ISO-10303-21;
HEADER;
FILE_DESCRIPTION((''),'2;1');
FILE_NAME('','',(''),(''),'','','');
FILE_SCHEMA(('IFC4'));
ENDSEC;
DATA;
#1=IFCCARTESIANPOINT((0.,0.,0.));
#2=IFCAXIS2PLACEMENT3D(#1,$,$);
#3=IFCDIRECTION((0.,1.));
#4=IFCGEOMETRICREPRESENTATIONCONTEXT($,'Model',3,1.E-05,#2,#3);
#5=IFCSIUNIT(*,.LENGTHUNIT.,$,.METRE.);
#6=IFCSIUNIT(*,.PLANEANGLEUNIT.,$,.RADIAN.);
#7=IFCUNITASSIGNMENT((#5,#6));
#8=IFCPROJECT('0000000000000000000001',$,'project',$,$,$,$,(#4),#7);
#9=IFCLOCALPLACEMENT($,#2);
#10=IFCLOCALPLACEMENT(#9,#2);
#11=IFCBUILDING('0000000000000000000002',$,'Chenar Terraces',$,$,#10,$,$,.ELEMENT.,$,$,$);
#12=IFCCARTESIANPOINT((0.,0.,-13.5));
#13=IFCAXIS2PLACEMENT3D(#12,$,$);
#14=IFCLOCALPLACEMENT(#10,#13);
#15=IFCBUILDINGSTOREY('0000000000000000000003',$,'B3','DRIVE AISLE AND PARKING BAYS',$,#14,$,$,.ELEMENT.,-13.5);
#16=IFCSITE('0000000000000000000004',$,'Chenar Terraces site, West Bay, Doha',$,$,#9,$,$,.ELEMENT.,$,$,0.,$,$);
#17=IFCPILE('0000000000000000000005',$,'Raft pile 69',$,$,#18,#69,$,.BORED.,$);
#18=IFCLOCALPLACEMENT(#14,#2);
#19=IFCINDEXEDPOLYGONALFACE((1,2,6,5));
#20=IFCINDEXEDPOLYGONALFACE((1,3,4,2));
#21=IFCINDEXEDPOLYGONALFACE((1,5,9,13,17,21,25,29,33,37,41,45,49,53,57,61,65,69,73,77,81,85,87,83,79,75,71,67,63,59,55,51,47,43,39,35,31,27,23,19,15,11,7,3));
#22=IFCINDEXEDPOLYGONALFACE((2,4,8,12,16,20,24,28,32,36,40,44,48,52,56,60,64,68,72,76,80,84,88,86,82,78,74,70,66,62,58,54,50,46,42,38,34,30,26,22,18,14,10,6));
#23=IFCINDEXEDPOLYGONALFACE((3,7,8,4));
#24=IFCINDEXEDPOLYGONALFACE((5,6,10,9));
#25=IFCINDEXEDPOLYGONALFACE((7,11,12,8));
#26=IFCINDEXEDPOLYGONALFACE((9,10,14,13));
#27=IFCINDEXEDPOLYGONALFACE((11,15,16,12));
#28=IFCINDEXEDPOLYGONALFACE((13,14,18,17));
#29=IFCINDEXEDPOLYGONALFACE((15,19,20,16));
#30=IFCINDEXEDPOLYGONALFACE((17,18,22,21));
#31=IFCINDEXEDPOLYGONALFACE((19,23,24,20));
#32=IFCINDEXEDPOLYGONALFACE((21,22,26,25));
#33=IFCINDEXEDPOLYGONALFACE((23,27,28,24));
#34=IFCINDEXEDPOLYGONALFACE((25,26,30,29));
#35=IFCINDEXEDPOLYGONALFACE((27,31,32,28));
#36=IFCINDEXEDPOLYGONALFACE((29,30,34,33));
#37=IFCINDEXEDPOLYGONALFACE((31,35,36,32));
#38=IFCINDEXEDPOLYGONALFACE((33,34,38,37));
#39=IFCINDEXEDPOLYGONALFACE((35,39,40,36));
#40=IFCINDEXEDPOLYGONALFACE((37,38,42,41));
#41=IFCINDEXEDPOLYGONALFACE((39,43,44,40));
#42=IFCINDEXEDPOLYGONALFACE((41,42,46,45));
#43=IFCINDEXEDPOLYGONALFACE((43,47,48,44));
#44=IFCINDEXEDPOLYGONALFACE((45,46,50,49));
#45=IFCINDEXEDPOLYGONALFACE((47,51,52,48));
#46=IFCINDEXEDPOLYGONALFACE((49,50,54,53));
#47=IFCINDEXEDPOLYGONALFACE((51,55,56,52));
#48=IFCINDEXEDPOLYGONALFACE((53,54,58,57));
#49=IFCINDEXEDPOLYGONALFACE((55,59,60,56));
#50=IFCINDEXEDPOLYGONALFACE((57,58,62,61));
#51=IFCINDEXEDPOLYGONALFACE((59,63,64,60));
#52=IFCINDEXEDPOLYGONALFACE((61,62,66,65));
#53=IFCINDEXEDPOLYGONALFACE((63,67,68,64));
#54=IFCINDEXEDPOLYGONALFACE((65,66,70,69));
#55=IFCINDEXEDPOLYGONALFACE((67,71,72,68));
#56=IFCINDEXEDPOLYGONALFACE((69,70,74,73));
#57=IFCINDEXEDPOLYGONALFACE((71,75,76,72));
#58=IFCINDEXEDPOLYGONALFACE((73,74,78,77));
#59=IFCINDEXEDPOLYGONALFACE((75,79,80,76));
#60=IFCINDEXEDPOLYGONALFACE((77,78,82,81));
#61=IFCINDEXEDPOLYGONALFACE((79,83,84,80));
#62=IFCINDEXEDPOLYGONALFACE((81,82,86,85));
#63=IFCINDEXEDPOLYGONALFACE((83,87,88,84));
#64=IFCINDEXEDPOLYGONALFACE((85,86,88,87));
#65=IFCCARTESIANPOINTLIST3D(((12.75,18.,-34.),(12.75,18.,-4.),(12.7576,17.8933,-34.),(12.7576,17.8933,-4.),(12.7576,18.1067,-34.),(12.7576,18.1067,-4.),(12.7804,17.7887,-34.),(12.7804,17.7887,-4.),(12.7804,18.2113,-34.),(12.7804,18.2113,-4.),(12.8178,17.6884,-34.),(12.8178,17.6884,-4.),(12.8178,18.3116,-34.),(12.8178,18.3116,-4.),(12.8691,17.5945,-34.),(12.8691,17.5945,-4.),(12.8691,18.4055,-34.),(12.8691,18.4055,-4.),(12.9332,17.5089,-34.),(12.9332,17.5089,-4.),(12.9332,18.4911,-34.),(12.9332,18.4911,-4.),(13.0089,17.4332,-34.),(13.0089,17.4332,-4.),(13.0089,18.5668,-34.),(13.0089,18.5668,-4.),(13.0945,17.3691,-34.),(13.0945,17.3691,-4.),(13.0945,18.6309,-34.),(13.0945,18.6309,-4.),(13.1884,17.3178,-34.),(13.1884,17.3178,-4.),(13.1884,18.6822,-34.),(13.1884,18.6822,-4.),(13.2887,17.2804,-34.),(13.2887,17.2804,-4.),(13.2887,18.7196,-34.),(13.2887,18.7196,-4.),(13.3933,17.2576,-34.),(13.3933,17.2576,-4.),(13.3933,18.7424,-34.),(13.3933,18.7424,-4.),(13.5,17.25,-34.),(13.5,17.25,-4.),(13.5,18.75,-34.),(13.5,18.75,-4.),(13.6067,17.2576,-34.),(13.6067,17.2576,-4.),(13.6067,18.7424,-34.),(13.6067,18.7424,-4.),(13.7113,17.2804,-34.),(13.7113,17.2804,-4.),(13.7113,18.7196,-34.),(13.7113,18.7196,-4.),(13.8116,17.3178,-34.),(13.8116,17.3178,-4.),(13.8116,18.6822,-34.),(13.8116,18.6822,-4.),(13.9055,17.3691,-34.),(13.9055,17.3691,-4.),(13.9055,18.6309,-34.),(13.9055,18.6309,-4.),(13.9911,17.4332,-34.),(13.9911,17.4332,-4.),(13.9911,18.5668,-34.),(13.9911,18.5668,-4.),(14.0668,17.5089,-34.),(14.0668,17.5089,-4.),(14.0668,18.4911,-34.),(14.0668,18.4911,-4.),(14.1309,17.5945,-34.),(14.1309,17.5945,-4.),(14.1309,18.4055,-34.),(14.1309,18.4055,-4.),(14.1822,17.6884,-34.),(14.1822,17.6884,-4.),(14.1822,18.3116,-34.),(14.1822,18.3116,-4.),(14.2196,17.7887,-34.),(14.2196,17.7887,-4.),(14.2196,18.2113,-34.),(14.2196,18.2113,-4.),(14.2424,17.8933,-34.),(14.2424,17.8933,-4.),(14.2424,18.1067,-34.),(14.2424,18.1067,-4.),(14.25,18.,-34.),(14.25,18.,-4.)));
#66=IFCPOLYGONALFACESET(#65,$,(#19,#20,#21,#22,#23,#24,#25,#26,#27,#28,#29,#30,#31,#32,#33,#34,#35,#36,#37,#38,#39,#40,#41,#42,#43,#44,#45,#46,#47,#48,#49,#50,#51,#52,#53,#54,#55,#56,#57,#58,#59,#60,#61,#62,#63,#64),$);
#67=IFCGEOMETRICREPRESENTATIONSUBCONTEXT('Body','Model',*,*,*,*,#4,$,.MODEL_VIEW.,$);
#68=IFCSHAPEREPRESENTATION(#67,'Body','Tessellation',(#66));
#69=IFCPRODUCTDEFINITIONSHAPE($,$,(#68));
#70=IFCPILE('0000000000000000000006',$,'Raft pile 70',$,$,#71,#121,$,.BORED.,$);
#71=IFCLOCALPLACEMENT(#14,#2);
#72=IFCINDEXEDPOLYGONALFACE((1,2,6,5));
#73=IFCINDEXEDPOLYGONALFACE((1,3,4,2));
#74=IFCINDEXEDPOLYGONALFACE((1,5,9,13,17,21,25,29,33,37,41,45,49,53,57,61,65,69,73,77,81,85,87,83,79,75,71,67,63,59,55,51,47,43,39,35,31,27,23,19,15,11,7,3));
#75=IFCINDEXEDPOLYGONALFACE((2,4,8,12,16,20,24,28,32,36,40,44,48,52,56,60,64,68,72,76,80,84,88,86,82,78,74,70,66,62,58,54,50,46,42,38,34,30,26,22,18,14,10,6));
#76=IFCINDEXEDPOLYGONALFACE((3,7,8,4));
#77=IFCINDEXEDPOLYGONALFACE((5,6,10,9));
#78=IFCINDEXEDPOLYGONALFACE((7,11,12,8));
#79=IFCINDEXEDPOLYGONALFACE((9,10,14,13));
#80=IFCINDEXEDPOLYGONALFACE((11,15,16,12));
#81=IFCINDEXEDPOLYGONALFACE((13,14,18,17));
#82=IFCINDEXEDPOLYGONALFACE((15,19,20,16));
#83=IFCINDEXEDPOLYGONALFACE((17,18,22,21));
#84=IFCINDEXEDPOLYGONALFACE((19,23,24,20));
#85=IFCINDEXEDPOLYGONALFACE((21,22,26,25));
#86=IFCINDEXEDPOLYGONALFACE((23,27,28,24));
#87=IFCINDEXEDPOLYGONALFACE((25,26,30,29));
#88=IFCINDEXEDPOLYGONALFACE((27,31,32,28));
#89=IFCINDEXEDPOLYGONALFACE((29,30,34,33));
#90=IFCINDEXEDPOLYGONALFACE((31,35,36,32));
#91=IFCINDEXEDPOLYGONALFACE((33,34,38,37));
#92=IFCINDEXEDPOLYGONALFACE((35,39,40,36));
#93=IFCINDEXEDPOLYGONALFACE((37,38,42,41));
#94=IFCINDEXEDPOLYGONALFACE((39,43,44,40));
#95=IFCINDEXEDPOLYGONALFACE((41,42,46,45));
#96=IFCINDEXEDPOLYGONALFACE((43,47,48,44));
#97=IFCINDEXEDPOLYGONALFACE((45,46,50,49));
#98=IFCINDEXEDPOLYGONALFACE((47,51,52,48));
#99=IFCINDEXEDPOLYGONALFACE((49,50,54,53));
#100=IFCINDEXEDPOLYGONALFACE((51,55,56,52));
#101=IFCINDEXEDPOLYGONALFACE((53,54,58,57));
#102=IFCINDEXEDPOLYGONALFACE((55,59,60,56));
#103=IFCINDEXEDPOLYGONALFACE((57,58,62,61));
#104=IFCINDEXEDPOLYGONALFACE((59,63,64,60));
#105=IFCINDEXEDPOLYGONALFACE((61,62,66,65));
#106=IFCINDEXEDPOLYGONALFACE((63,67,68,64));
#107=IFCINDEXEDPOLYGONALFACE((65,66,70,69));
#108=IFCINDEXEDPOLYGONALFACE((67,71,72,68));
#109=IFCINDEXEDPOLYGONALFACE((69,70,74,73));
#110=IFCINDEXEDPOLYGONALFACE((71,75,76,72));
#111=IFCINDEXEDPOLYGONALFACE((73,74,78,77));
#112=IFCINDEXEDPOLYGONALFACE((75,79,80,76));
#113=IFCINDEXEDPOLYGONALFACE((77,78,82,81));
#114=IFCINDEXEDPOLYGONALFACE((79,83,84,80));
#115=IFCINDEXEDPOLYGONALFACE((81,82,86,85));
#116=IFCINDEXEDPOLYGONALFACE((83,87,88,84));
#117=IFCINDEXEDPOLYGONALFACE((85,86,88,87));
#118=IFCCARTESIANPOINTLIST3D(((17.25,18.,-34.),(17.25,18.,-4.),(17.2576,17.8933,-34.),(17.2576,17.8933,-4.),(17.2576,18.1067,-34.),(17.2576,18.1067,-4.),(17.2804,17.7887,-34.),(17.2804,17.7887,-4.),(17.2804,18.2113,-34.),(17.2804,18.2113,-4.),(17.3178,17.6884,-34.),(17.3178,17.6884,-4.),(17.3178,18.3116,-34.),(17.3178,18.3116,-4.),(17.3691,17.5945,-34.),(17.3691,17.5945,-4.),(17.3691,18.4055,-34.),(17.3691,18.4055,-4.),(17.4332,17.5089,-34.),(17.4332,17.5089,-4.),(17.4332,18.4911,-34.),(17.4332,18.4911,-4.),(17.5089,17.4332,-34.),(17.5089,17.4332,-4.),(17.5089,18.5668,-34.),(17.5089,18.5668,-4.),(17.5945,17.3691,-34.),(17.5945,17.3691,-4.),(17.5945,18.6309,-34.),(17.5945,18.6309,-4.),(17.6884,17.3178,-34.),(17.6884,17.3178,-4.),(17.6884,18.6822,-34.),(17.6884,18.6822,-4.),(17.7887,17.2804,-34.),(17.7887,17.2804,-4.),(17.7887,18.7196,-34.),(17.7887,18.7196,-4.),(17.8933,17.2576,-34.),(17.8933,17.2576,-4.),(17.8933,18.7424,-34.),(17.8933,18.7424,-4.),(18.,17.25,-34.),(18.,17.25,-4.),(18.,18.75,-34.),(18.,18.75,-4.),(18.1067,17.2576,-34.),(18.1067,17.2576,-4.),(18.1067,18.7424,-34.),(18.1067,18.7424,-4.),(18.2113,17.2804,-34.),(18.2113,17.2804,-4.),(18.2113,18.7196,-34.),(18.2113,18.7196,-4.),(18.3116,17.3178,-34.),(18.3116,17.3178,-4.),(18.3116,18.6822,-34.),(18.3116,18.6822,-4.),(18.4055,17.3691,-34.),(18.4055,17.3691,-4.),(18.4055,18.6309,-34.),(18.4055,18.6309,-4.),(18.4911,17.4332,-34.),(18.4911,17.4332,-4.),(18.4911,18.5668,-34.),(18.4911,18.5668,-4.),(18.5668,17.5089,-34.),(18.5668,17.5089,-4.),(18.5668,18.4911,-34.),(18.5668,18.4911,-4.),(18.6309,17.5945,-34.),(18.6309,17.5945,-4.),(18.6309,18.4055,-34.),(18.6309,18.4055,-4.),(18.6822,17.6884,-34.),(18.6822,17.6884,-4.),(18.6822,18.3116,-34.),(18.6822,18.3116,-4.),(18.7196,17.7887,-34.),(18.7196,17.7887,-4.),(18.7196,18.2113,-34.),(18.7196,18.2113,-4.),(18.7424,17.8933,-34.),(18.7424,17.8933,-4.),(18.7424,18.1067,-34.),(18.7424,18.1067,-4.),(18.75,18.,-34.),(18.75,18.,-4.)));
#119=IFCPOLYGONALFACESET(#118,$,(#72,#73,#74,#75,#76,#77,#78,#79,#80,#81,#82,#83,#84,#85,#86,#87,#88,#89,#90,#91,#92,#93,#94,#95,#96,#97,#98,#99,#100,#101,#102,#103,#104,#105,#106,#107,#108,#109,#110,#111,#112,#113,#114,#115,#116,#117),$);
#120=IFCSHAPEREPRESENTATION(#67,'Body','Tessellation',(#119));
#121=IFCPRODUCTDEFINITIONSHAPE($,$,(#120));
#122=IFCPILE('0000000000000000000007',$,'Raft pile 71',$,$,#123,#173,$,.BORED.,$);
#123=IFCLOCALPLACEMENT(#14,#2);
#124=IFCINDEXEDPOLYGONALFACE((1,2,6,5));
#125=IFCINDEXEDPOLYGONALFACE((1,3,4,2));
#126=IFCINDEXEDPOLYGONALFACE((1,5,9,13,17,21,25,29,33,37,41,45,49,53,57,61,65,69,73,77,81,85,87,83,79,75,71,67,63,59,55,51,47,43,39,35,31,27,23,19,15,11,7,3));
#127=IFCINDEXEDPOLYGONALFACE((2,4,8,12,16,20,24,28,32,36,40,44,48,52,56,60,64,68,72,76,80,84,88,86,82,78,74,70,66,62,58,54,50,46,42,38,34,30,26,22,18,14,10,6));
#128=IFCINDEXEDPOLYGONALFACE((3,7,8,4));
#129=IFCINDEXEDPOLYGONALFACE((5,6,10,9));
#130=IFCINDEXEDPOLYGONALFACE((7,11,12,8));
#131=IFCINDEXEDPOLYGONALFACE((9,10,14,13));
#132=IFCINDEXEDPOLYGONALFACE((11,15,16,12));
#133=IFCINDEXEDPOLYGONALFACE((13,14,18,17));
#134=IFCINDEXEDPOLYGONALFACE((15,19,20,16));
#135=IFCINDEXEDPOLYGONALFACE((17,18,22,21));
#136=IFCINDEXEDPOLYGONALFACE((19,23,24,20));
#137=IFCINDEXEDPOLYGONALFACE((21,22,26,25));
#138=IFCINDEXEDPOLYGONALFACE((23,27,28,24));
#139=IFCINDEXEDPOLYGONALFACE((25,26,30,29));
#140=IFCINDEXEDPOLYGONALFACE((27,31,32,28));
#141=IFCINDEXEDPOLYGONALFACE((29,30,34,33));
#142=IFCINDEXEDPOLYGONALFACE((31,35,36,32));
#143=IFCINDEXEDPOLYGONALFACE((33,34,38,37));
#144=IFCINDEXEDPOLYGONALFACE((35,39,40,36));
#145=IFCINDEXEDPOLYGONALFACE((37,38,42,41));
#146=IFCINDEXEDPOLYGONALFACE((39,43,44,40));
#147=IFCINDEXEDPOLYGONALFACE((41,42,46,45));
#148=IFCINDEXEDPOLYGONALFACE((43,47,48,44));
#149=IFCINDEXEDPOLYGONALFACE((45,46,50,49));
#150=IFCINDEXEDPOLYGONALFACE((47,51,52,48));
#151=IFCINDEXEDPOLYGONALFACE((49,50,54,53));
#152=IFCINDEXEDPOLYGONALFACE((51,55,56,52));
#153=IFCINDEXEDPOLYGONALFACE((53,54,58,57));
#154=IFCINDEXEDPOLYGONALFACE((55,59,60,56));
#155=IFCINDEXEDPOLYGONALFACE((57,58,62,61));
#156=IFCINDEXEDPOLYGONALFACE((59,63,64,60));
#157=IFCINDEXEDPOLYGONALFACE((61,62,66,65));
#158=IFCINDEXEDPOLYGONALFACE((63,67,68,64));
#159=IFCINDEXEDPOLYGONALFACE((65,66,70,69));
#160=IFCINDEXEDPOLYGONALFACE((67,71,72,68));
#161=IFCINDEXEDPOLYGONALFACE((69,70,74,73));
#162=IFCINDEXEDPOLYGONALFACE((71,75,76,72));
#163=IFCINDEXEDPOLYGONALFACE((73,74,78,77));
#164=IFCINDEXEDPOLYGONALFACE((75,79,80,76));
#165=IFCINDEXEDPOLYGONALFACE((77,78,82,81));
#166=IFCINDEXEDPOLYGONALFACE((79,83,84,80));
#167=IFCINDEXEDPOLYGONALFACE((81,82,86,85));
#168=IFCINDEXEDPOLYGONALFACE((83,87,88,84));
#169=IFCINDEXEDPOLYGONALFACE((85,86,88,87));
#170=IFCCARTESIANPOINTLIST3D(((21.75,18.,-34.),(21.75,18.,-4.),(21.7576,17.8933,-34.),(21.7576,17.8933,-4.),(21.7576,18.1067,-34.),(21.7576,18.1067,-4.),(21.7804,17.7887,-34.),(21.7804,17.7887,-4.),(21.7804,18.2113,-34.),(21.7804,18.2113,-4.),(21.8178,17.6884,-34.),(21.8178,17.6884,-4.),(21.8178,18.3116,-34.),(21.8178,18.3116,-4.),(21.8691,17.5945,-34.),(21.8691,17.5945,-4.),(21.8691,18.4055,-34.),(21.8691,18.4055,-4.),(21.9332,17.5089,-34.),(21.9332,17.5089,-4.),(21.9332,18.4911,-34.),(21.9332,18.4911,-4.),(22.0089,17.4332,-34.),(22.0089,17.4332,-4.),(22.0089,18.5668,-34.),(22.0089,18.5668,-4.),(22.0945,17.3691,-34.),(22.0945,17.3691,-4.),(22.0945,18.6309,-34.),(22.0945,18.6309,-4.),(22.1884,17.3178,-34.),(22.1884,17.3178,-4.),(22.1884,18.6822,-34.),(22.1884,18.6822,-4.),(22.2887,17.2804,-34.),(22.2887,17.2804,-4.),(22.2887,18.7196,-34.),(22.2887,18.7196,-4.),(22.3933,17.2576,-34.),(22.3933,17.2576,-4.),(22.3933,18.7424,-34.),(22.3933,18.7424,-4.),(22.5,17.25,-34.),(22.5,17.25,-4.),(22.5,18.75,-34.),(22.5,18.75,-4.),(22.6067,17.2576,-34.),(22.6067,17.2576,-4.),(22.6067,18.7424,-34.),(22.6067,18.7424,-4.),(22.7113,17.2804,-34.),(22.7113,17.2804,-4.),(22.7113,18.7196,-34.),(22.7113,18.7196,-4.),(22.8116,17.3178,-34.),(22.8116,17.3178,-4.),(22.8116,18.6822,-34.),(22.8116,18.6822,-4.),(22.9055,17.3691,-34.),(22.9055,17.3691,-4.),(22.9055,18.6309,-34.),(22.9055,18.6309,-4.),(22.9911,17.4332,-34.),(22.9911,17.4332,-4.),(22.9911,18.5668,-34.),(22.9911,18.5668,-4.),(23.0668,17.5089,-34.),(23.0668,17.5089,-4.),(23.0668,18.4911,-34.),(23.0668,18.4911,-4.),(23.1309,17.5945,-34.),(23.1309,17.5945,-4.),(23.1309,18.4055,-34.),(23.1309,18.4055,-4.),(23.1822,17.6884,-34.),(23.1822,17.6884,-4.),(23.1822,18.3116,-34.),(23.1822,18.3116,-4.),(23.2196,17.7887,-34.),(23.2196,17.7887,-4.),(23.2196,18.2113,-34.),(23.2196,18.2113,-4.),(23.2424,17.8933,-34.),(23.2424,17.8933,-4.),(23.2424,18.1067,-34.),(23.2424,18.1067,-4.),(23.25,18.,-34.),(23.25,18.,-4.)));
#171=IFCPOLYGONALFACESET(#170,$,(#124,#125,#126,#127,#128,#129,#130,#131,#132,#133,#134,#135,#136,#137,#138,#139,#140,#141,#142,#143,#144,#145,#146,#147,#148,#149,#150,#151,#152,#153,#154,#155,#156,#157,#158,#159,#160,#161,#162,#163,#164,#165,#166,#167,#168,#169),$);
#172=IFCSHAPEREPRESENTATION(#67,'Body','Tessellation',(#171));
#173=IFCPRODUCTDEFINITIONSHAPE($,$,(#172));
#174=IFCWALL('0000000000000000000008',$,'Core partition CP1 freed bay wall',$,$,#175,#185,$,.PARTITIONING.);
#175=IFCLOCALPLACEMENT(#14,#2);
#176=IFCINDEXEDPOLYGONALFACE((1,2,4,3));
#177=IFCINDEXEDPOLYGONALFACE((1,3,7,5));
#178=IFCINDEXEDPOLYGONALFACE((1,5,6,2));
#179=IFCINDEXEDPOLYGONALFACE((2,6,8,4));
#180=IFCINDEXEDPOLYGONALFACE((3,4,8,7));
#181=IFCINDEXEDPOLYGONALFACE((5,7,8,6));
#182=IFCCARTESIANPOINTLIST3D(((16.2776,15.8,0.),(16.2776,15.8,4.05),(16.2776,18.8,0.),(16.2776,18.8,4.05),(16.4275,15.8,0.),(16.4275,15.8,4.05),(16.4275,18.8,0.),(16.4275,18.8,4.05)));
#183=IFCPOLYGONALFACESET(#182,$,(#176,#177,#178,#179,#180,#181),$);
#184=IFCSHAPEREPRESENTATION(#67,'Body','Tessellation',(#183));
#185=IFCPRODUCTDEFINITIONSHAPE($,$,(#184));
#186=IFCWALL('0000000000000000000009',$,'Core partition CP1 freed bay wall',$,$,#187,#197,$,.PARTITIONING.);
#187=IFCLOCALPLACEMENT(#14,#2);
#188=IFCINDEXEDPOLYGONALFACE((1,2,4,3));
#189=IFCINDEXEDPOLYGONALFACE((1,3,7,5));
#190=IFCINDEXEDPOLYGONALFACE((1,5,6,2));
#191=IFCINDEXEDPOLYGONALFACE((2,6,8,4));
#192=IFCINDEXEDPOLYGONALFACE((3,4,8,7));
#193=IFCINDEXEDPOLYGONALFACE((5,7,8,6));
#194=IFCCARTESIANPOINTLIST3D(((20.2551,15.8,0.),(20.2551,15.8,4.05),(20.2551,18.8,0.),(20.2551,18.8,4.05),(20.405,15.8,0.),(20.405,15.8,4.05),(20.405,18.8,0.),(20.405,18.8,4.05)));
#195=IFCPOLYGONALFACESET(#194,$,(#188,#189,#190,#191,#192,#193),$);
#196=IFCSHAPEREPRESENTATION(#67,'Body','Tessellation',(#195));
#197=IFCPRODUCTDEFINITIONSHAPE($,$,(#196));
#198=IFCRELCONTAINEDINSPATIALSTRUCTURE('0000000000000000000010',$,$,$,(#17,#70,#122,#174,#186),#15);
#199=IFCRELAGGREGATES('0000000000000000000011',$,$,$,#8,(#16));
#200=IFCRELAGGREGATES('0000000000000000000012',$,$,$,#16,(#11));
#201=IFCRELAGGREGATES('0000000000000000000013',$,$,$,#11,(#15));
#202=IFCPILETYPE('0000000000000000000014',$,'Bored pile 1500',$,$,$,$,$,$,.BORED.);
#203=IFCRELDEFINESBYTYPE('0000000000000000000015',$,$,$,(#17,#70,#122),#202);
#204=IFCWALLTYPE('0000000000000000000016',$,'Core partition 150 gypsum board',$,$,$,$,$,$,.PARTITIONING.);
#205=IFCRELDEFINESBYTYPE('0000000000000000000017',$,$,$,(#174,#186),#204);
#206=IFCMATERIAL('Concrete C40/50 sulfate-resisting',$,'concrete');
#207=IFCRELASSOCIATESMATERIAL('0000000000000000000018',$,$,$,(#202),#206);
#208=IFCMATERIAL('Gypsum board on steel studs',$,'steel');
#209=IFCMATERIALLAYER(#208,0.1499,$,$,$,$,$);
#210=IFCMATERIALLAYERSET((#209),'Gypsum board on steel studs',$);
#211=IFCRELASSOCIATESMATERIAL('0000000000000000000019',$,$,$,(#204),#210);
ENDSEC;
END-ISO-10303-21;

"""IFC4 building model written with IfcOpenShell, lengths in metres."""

from ifc_helpers import new_model, si_unit, direction, frame, frame_2d, origin, origin_2d, place, context, subcontext, project, spatial, rectangle, circle, extrude, material, layer, layer_set, material_profile, profile_set, type_object, element, save


model = new_model("IFC4")

# Units and contexts
model_context = context("Model", 3, precision=1e-05, world=origin(), true_north=direction((0.0, 1.0)))
body_context = subcontext(model_context, "Body", "Model", "MODEL_VIEW")
ifc_project = project(units=[si_unit("LENGTHUNIT", "METRE"), si_unit("PLANEANGLEUNIT", "RADIAN")], contexts=[model_context])

# Site, building, storey
site_placement = place(None, origin())
site = spatial("IfcSite", under=ifc_project, at=site_placement, Name="Chenar Terraces site, West Bay, Doha", CompositionType="ELEMENT", RefElevation=0.0)
building_placement = place(site_placement, origin())
building = spatial("IfcBuilding", under=site, at=building_placement, Name="Chenar Terraces", CompositionType="ELEMENT")
storey_placement = place(building_placement, frame((0.0, 0.0, -13.5)))
storey = spatial("IfcBuildingStorey", under=building, at=storey_placement, Name="B3", Description="DRIVE AISLE AND PARKING BAYS", CompositionType="ELEMENT", Elevation=-13.5)

# Piles
ifc_material_1 = material(Name="Concrete C40/50 sulfate-resisting", Category="concrete")
ifc_material_profile = material_profile(ifc_material_1, circle(Radius=0.75, at=origin_2d()), Name="BP 1500")
ifc_profile_set = profile_set([ifc_material_profile], Name="Concrete C40/50 sulfate-resisting")
pile_type = type_object("IfcPileType", Name="Bored pile 1500", PredefinedType="BORED", material=ifc_profile_set)
for number, where, z_axis, x_axis, name in (
    (1, (13.5, 18.0, -4.0), (0.0, 0.0, -1.0), (1.0, 0.0, 0.0), "Raft pile 69"),
    (2, (18.0, 18.0, -4.0), (0.0, 0.0, -1.0), (1.0, 0.0, 0.0), "Raft pile 70"),
    (3, (22.5, 18.0, -4.0), (0.0, 0.0, -1.0), (1.0, 0.0, 0.0), "Raft pile 71"),
):
    element("IfcPile", number, at=place(storey_placement, frame(where, z_axis=z_axis, x_axis=x_axis)), inside=storey, type_object=pile_type, Name=name, PredefinedType="BORED", context=body_context, shape_type="SweptSolid", body=[
        extrude(circle(Radius=0.75, at=origin_2d()), origin(), (0.0, 0.0, 1.0), 30.0),
    ])

# Walls
ifc_material_2 = material(Name="Gypsum board on steel studs", Category="steel")
ifc_layer_1 = layer(ifc_material_2, 0.1499)
ifc_layer_set_1 = layer_set([ifc_layer_1], Name="Gypsum board on steel studs")
wall_type_1 = type_object("IfcWallType", Name="Core partition 150 gypsum board", PredefinedType="PARTITIONING", material=ifc_layer_set_1)
for number, where, z_axis, x_axis, name in (
    (4, (16.3525, 15.8, 0.0), (0.0, 0.0, 1.0), (0.0, 1.0, 0.0), "Core partition CP1 freed bay wall"),
    (5, (20.3301, 15.8, 0.0), (0.0, 0.0, 1.0), (0.0, 1.0, 0.0), "Core partition CP1 freed bay wall"),
):
    element("IfcWall", number, at=place(storey_placement, frame(where, z_axis=z_axis, x_axis=x_axis)), inside=storey, type_object=wall_type_1, Name=name, PredefinedType="PARTITIONING", context=body_context, shape_type="SweptSolid", body=[
        extrude(rectangle(XDim=3.0, YDim=0.1499, at=frame_2d((1.5, 0.0))), origin(), (0.0, 0.0, 1.0), 4.05),
    ])

save(model, "model.ifc")
